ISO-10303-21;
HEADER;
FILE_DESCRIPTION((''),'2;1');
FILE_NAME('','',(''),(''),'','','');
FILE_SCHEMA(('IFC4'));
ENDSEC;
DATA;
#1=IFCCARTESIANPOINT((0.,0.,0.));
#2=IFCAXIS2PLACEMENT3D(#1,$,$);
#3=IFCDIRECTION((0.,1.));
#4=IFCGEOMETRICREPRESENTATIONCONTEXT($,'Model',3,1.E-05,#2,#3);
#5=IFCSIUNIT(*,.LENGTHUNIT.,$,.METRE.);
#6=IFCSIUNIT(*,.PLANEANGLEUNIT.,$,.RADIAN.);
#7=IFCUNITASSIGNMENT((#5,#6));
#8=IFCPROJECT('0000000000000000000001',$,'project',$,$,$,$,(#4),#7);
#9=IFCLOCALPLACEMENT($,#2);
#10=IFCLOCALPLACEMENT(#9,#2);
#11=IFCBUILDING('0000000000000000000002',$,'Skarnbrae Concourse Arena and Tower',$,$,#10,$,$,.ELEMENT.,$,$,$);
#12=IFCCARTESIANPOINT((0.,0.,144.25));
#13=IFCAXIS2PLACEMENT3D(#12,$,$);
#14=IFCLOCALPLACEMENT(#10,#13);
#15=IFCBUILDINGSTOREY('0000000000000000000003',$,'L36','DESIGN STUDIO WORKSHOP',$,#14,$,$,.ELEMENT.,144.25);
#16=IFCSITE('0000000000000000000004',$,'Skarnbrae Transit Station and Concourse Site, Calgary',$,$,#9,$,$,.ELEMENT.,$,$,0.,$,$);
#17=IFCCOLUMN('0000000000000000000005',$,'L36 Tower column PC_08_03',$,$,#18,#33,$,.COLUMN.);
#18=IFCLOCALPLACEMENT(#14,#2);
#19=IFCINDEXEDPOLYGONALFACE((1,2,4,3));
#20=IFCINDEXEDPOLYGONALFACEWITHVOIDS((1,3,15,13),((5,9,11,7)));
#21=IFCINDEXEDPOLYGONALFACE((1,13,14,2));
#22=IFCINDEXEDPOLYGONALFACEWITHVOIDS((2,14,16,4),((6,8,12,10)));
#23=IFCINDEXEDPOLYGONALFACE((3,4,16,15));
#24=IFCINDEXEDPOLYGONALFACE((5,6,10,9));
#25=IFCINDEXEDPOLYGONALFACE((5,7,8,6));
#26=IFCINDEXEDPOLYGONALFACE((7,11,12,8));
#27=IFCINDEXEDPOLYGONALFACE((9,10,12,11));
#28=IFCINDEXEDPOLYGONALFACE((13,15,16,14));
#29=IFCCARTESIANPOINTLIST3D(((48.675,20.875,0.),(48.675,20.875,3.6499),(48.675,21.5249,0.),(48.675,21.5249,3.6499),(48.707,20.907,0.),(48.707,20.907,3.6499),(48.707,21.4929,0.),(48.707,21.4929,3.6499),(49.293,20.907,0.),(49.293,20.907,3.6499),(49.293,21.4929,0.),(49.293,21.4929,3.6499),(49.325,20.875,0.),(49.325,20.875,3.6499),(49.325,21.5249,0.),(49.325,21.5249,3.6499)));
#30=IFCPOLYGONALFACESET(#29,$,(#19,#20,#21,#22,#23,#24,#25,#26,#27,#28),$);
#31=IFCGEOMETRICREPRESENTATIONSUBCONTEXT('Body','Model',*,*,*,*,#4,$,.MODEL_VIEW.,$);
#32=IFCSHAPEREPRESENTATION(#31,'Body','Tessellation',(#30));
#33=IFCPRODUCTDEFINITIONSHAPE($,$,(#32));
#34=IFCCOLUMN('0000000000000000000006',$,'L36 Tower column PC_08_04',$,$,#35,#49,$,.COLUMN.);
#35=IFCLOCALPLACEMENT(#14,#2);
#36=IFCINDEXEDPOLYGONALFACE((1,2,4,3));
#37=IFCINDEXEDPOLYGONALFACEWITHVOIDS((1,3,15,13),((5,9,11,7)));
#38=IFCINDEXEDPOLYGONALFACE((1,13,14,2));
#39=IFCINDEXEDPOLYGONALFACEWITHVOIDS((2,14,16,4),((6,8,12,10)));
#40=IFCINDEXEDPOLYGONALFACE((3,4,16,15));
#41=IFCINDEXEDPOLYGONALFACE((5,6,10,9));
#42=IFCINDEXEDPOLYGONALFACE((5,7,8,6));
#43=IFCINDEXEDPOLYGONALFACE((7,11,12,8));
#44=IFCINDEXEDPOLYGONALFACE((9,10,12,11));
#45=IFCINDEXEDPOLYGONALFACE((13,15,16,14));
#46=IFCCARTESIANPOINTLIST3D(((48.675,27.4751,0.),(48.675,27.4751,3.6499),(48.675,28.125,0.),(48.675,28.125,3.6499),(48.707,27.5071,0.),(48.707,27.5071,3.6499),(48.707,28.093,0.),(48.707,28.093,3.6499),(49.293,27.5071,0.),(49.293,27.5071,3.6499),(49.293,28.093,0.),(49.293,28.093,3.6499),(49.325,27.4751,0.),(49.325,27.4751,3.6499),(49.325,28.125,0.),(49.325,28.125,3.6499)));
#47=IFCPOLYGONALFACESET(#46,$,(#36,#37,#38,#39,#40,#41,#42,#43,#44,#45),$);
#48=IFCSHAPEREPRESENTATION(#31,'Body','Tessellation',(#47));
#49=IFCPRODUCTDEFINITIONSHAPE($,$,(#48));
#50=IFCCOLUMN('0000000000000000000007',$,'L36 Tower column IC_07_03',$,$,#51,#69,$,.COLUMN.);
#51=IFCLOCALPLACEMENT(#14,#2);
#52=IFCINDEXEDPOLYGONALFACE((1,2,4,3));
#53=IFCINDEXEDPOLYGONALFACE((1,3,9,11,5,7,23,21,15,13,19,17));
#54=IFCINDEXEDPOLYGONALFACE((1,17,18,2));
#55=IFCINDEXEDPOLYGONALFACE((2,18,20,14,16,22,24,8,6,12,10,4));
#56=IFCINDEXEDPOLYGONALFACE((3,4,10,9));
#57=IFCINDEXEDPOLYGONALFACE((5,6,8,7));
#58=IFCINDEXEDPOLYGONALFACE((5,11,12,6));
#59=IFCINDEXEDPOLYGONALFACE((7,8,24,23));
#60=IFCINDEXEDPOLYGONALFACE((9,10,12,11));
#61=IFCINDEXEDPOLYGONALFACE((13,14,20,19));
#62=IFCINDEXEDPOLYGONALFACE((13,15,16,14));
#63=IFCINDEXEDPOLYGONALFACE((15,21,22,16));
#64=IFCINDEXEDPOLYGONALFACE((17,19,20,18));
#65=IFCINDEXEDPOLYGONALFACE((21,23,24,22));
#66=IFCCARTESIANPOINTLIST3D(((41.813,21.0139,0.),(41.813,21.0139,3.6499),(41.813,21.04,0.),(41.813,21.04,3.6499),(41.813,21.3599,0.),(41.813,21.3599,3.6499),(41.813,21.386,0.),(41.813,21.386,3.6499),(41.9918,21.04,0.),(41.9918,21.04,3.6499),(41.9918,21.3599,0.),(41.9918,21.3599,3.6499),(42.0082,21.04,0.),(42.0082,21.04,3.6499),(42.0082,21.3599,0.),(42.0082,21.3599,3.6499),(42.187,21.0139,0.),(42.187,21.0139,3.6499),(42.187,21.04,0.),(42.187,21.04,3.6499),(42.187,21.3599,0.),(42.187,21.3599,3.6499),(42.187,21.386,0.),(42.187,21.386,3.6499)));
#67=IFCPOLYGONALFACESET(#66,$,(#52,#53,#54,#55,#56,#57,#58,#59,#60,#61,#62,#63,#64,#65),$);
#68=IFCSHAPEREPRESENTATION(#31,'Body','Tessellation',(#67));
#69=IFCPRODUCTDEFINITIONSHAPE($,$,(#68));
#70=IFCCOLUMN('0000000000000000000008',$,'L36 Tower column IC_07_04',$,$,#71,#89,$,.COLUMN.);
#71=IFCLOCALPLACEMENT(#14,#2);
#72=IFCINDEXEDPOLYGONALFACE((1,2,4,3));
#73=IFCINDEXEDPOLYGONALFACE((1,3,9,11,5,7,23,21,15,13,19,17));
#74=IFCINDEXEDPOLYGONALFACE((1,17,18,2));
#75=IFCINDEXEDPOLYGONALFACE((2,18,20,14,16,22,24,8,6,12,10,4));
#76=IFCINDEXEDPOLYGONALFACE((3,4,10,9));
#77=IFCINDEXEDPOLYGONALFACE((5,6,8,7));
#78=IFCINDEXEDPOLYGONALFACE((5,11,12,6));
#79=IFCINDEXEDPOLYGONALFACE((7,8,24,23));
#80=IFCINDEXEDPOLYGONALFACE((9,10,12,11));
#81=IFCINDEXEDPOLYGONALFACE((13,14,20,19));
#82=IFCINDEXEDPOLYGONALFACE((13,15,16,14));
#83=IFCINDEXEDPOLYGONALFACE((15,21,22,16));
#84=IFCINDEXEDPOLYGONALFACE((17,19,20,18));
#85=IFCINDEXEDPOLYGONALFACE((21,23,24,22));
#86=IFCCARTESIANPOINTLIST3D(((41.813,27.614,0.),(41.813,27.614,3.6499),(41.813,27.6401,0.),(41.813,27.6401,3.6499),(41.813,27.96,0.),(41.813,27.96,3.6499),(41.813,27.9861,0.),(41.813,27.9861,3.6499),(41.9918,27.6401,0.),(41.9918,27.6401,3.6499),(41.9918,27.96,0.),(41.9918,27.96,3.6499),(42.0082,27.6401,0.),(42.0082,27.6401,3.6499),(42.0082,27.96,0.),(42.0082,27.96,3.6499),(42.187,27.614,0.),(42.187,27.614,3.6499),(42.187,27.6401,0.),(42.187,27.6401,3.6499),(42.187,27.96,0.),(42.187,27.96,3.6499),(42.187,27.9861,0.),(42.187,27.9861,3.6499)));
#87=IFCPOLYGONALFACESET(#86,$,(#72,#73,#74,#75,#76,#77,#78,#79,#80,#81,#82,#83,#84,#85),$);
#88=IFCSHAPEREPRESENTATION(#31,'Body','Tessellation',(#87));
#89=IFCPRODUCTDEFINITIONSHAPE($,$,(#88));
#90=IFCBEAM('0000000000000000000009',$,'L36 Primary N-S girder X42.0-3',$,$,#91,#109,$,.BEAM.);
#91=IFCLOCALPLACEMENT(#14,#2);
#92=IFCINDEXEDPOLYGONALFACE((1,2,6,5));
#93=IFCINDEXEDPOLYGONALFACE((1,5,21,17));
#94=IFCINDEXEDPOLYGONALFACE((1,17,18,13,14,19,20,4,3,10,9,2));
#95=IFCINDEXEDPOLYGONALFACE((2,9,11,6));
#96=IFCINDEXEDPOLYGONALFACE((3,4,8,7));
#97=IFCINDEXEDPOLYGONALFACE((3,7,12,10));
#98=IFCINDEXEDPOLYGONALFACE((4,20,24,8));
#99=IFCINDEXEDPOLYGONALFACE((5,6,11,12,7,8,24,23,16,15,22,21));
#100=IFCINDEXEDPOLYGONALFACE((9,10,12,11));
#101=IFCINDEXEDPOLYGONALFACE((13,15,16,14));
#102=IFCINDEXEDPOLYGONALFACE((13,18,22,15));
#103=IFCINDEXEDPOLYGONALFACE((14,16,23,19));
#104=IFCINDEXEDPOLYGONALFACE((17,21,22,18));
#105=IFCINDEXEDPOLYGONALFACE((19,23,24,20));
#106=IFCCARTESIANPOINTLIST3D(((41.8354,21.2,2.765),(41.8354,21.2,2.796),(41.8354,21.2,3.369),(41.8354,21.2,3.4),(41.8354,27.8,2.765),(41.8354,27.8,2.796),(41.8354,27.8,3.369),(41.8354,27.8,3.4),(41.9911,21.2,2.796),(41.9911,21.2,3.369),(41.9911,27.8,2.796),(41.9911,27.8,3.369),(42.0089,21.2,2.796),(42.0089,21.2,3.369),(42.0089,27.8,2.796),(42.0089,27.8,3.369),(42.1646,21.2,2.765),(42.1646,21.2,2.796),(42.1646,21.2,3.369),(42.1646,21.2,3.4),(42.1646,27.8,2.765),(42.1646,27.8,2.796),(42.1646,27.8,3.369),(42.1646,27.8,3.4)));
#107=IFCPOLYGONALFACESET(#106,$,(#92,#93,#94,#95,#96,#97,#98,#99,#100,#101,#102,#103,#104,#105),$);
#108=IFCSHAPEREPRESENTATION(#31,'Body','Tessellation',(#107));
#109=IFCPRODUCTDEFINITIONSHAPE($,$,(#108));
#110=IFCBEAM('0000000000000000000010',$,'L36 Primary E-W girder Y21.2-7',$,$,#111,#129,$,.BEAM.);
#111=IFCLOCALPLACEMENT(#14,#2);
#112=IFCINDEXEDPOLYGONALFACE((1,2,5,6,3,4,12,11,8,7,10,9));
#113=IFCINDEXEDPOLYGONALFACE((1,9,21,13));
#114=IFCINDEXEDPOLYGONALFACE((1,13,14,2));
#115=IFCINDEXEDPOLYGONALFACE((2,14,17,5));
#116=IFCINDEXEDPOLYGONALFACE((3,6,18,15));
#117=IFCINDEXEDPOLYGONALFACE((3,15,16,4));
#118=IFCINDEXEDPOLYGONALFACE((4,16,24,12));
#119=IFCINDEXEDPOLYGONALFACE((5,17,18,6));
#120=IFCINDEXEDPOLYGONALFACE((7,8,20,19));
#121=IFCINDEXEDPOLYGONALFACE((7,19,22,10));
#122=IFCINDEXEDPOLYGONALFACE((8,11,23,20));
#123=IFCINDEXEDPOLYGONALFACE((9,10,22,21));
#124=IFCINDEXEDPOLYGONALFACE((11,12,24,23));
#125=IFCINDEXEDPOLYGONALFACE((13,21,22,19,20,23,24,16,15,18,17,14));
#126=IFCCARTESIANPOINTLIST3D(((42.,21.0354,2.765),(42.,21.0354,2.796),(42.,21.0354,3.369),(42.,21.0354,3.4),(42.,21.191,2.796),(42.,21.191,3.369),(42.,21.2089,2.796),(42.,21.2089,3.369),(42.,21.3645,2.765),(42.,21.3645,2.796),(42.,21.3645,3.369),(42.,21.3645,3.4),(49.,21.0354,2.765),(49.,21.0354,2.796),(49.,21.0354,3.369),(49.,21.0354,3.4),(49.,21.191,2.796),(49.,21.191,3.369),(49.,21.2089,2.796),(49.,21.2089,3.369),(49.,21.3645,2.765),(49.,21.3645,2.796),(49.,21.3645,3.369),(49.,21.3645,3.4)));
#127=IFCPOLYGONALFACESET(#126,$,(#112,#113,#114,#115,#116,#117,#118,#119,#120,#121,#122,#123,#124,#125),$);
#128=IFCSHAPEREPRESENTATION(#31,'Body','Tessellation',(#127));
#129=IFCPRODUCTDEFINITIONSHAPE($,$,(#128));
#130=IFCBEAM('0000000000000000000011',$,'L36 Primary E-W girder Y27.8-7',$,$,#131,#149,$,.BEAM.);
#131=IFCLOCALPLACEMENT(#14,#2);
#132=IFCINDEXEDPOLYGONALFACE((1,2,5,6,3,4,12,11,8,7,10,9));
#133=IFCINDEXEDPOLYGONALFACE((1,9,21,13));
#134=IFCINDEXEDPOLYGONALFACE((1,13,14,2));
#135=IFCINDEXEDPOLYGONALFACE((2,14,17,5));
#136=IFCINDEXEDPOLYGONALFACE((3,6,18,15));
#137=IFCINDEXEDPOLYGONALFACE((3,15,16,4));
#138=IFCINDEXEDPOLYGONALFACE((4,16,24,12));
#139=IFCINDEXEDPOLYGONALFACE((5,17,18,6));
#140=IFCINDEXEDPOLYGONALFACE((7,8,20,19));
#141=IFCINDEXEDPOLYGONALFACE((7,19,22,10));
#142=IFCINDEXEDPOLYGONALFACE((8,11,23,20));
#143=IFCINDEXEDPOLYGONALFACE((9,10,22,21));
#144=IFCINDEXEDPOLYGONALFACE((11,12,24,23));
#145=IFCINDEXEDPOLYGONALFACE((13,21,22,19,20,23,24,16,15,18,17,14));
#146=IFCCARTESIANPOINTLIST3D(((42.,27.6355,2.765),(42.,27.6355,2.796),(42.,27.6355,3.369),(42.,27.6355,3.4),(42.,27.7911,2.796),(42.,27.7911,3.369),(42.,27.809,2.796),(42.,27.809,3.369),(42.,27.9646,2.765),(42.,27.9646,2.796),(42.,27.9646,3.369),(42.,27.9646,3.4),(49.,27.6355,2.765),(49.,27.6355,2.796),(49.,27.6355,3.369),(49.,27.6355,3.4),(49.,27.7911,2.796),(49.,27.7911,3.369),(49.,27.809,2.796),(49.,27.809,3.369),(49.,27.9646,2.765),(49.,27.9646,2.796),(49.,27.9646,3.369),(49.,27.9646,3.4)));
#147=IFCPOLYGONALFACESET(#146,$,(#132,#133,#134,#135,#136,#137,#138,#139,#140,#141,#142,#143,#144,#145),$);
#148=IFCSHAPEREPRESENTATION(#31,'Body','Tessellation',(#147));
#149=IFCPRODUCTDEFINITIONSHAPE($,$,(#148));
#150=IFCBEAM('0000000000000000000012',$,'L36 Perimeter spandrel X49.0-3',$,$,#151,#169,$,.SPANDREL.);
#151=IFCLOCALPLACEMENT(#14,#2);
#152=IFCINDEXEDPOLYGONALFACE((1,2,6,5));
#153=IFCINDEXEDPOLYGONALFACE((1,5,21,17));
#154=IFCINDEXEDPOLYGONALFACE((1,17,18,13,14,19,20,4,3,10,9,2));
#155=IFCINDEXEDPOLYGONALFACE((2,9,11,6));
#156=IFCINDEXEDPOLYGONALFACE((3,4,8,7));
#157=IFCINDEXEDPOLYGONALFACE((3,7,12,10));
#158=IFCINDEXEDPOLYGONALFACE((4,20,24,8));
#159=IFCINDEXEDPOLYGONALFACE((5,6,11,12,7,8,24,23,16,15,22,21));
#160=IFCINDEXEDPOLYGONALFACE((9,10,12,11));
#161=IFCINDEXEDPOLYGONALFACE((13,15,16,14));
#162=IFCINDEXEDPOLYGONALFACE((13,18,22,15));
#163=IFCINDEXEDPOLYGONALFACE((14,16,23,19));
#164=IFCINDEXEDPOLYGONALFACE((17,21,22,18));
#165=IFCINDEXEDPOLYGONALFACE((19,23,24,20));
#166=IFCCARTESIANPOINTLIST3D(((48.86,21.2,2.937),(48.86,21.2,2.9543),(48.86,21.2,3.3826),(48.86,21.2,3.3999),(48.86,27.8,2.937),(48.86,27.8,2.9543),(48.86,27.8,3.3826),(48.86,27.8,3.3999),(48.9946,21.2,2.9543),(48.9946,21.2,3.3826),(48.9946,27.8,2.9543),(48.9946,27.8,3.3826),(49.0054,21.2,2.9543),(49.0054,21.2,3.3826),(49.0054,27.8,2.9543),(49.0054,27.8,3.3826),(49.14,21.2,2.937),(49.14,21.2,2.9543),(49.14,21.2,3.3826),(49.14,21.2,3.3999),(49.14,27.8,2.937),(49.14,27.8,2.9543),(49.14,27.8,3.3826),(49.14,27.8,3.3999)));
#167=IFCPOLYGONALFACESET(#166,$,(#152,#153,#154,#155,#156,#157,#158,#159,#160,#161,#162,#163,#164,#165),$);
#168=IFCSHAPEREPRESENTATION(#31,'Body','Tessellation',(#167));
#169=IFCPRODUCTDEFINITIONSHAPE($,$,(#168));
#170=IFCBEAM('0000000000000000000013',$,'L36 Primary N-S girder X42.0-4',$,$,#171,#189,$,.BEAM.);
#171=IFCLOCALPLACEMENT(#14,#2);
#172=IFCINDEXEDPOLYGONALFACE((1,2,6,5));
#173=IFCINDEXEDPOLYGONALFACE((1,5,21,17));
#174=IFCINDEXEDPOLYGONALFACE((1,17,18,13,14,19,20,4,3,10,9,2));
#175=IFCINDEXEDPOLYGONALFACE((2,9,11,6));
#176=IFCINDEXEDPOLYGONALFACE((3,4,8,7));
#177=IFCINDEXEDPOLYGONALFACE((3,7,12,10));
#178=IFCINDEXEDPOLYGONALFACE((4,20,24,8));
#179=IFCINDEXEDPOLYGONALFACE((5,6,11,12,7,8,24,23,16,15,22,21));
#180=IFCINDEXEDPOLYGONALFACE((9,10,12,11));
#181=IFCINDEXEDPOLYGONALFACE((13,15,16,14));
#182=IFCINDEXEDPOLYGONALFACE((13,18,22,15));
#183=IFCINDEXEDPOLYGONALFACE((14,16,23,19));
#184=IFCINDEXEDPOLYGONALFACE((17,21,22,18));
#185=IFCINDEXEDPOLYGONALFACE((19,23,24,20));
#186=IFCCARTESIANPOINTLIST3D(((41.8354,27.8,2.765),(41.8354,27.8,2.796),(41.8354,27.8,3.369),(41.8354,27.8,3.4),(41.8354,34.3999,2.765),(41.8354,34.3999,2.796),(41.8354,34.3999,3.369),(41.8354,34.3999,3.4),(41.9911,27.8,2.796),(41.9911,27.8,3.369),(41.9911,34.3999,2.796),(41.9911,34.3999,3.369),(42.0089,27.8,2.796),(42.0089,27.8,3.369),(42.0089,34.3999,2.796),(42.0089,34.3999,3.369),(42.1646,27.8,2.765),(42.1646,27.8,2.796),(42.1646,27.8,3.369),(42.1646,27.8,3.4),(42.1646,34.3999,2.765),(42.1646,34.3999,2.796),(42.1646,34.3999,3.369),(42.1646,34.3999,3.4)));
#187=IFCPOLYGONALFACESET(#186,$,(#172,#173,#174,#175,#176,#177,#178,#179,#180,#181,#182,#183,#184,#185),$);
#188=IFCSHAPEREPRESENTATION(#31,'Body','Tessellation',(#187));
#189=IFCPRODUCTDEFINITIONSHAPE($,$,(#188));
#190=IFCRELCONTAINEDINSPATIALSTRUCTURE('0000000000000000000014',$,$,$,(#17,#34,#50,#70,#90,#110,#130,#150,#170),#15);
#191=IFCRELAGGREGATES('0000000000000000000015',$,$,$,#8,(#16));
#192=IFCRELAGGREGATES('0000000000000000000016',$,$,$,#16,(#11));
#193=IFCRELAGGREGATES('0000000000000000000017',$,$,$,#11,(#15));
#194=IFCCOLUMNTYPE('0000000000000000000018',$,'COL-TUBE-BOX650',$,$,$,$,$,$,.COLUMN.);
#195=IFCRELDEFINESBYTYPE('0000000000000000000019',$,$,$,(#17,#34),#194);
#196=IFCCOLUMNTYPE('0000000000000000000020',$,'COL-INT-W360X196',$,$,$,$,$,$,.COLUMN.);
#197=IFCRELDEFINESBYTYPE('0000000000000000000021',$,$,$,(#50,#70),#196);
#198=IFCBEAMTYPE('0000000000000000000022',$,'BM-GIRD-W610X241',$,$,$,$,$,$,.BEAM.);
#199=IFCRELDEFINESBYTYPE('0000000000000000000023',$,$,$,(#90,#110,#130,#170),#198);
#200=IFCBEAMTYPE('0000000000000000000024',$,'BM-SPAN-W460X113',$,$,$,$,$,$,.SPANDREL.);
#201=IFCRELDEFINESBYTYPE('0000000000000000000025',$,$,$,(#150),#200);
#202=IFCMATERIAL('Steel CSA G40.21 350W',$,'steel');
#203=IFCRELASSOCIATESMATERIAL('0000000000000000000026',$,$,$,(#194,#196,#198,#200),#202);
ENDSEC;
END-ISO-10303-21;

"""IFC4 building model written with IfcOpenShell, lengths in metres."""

from ifc_helpers import new_model, si_unit, direction, frame, origin, origin_2d, place, context, subcontext, project, spatial, hollow_rectangle, i_section, extrude, source, transform, mapped, material, material_profile, profile_set, type_object, element, save


model = new_model("IFC4")

# Units and contexts
model_context = context("Model", 3, precision=1e-05, world=origin(), true_north=direction((0.0, 1.0)))
body_context = subcontext(model_context, "Body", "Model", "MODEL_VIEW")
ifc_project = project(units=[si_unit("LENGTHUNIT", "METRE"), si_unit("PLANEANGLEUNIT", "RADIAN")], contexts=[model_context])

# Site, building, storey
site_placement = place(None, origin())
site = spatial("IfcSite", under=ifc_project, at=site_placement, Name="Skarnbrae Transit Station and Concourse Site, Calgary", CompositionType="ELEMENT", RefElevation=0.0)
building_placement = place(site_placement, origin())
building = spatial("IfcBuilding", under=site, at=building_placement, Name="Skarnbrae Concourse Arena and Tower", CompositionType="ELEMENT")
storey_placement = place(building_placement, frame((0.0, 0.0, 144.25)))
storey = spatial("IfcBuildingStorey", under=building, at=storey_placement, Name="L36", Description="DESIGN STUDIO WORKSHOP", CompositionType="ELEMENT", Elevation=144.25)

# Columns
ifc_material_1 = material(Name="Steel CSA G40.21 350W", Category="steel")
ifc_material_profile_1 = material_profile(ifc_material_1, hollow_rectangle(XDim=0.6499, YDim=0.6499, WallThickness=0.032, at=origin_2d()), Name="BOX650X650X32")
ifc_profile_set_1 = profile_set([ifc_material_profile_1], Name="Steel CSA G40.21 350W")
column_type_1 = type_object("IfcColumnType", Name="COL-TUBE-BOX650", PredefinedType="COLUMN", material=ifc_profile_set_1)
shared_shape_1 = source(origin(), body_context, "Body", "SweptSolid", [
    extrude(hollow_rectangle(XDim=0.6499, YDim=0.6499, WallThickness=0.032, at=origin_2d()), origin(), (0.0, 0.0, 1.0), 3.6499),
])
for number, where, z_axis, x_axis, name in (
    (1, (49.0, 21.2, 0.0), (0.0, 0.0, 1.0), (1.0, 0.0, 0.0), "L36 Tower column PC_08_03"),
    (2, (49.0, 27.8, 0.0), (0.0, 0.0, 1.0), (1.0, 0.0, 0.0), "L36 Tower column PC_08_04"),
):
    element("IfcColumn", number, at=place(storey_placement, frame(where, z_axis=z_axis, x_axis=x_axis)), inside=storey, type_object=column_type_1, Name=name, PredefinedType="COLUMN", context=body_context, shape_type="MappedRepresentation", body=[
        mapped(shared_shape_1, transform((0.0, 0.0, 0.0))),
    ])
ifc_material_profile_2 = material_profile(ifc_material_1, i_section(OverallWidth=0.374, OverallDepth=0.3721, WebThickness=0.0164, FlangeThickness=0.0261, at=origin_2d()), Name="W360X196")
ifc_profile_set_2 = profile_set([ifc_material_profile_2], Name="Steel CSA G40.21 350W")
column_type_2 = type_object("IfcColumnType", Name="COL-INT-W360X196", PredefinedType="COLUMN", material=ifc_profile_set_2)
shared_shape_2 = source(origin(), body_context, "Body", "SweptSolid", [
    extrude(i_section(OverallWidth=0.374, OverallDepth=0.3721, WebThickness=0.0164, FlangeThickness=0.0261, at=origin_2d()), origin(), (0.0, 0.0, 1.0), 3.6499),
])
for number, where, z_axis, x_axis, name in (
    (3, (42.0, 21.2, 0.0), (0.0, 0.0, 1.0), (1.0, 0.0, 0.0), "L36 Tower column IC_07_03"),
    (4, (42.0, 27.8, 0.0), (0.0, 0.0, 1.0), (1.0, 0.0, 0.0), "L36 Tower column IC_07_04"),
):
    element("IfcColumn", number, at=place(storey_placement, frame(where, z_axis=z_axis, x_axis=x_axis)), inside=storey, type_object=column_type_2, Name=name, PredefinedType="COLUMN", context=body_context, shape_type="MappedRepresentation", body=[
        mapped(shared_shape_2, transform((0.0, 0.0, 0.0))),
    ])

# Beams
ifc_material_profile_3 = material_profile(ifc_material_1, i_section(OverallWidth=0.3291, OverallDepth=0.635, WebThickness=0.0178, FlangeThickness=0.031, at=origin_2d()), Name="W610X241")
ifc_profile_set_3 = profile_set([ifc_material_profile_3], Name="Steel CSA G40.21 350W")
beam_type_1 = type_object("IfcBeamType", Name="BM-GIRD-W610X241", PredefinedType="BEAM", material=ifc_profile_set_3)
shared_shape_3 = source(origin(), body_context, "Body", "SweptSolid", [
    extrude(i_section(OverallWidth=0.3291, OverallDepth=0.635, WebThickness=0.0178, FlangeThickness=0.031, at=origin_2d()), origin(), (0.0, 0.0, 1.0), 6.6001),
])
beam_1_placement = place(storey_placement, frame((42.0, 21.2, 3.0825), z_axis=(0.0, 1.0, 0.0), x_axis=(-1.0, 0.0, 0.0)))
element("IfcBeam", 5, at=beam_1_placement, inside=storey, type_object=beam_type_1, Name="L36 Primary N-S girder X42.0-3", PredefinedType="BEAM", context=body_context, shape_type="MappedRepresentation", body=[
    mapped(shared_shape_3, transform((0.0, 0.0, 0.0))),
])
shared_shape_4 = source(origin(), body_context, "Body", "SweptSolid", [
    extrude(i_section(OverallWidth=0.3291, OverallDepth=0.635, WebThickness=0.0178, FlangeThickness=0.031, at=origin_2d()), origin(), (0.0, 0.0, 1.0), 7.0),
])
for number, where, z_axis, x_axis, name in (
    (6, (42.0, 21.2, 3.0825), (1.0, 0.0, 0.0), (0.0, 1.0, 0.0), "L36 Primary E-W girder Y21.2-7"),
    (7, (42.0, 27.8, 3.0825), (1.0, 0.0, 0.0), (0.0, 1.0, 0.0), "L36 Primary E-W girder Y27.8-7"),
):
    element("IfcBeam", number, at=place(storey_placement, frame(where, z_axis=z_axis, x_axis=x_axis)), inside=storey, type_object=beam_type_1, Name=name, PredefinedType="BEAM", context=body_context, shape_type="MappedRepresentation", body=[
        mapped(shared_shape_4, transform((0.0, 0.0, 0.0))),
    ])
ifc_material_profile_4 = material_profile(ifc_material_1, i_section(OverallWidth=0.28, OverallDepth=0.4629, WebThickness=0.0107, FlangeThickness=0.0173, at=origin_2d()), Name="W460X113")
ifc_profile_set_4 = profile_set([ifc_material_profile_4], Name="Steel CSA G40.21 350W")
beam_type_2 = type_object("IfcBeamType", Name="BM-SPAN-W460X113", PredefinedType="SPANDREL", material=ifc_profile_set_4)
shared_shape_5 = source(origin(), body_context, "Body", "SweptSolid", [
    extrude(i_section(OverallWidth=0.28, OverallDepth=0.4629, WebThickness=0.0107, FlangeThickness=0.0173, at=origin_2d()), origin(), (0.0, 0.0, 1.0), 6.6001),
])
beam_2_placement = place(storey_placement, frame((49.0, 21.2, 3.1685), z_axis=(0.0, 1.0, 0.0), x_axis=(-1.0, 0.0, 0.0)))
element("IfcBeam", 8, at=beam_2_placement, inside=storey, type_object=beam_type_2, Name="L36 Perimeter spandrel X49.0-3", PredefinedType="SPANDREL", context=body_context, shape_type="MappedRepresentation", body=[
    mapped(shared_shape_5, transform((0.0, 0.0, 0.0))),
])
shared_shape_6 = source(origin(), body_context, "Body", "SweptSolid", [
    extrude(i_section(OverallWidth=0.3291, OverallDepth=0.635, WebThickness=0.0178, FlangeThickness=0.031, at=origin_2d()), origin(), (0.0, 0.0, 1.0), 6.5999),
])
beam_3_placement = place(storey_placement, frame((42.0, 27.8, 3.0825), z_axis=(0.0, 1.0, 0.0), x_axis=(-1.0, 0.0, 0.0)))
element("IfcBeam", 9, at=beam_3_placement, inside=storey, type_object=beam_type_1, Name="L36 Primary N-S girder X42.0-4", PredefinedType="BEAM", context=body_context, shape_type="MappedRepresentation", body=[
    mapped(shared_shape_6, transform((0.0, 0.0, 0.0))),
])

save(model, "model.ifc")
